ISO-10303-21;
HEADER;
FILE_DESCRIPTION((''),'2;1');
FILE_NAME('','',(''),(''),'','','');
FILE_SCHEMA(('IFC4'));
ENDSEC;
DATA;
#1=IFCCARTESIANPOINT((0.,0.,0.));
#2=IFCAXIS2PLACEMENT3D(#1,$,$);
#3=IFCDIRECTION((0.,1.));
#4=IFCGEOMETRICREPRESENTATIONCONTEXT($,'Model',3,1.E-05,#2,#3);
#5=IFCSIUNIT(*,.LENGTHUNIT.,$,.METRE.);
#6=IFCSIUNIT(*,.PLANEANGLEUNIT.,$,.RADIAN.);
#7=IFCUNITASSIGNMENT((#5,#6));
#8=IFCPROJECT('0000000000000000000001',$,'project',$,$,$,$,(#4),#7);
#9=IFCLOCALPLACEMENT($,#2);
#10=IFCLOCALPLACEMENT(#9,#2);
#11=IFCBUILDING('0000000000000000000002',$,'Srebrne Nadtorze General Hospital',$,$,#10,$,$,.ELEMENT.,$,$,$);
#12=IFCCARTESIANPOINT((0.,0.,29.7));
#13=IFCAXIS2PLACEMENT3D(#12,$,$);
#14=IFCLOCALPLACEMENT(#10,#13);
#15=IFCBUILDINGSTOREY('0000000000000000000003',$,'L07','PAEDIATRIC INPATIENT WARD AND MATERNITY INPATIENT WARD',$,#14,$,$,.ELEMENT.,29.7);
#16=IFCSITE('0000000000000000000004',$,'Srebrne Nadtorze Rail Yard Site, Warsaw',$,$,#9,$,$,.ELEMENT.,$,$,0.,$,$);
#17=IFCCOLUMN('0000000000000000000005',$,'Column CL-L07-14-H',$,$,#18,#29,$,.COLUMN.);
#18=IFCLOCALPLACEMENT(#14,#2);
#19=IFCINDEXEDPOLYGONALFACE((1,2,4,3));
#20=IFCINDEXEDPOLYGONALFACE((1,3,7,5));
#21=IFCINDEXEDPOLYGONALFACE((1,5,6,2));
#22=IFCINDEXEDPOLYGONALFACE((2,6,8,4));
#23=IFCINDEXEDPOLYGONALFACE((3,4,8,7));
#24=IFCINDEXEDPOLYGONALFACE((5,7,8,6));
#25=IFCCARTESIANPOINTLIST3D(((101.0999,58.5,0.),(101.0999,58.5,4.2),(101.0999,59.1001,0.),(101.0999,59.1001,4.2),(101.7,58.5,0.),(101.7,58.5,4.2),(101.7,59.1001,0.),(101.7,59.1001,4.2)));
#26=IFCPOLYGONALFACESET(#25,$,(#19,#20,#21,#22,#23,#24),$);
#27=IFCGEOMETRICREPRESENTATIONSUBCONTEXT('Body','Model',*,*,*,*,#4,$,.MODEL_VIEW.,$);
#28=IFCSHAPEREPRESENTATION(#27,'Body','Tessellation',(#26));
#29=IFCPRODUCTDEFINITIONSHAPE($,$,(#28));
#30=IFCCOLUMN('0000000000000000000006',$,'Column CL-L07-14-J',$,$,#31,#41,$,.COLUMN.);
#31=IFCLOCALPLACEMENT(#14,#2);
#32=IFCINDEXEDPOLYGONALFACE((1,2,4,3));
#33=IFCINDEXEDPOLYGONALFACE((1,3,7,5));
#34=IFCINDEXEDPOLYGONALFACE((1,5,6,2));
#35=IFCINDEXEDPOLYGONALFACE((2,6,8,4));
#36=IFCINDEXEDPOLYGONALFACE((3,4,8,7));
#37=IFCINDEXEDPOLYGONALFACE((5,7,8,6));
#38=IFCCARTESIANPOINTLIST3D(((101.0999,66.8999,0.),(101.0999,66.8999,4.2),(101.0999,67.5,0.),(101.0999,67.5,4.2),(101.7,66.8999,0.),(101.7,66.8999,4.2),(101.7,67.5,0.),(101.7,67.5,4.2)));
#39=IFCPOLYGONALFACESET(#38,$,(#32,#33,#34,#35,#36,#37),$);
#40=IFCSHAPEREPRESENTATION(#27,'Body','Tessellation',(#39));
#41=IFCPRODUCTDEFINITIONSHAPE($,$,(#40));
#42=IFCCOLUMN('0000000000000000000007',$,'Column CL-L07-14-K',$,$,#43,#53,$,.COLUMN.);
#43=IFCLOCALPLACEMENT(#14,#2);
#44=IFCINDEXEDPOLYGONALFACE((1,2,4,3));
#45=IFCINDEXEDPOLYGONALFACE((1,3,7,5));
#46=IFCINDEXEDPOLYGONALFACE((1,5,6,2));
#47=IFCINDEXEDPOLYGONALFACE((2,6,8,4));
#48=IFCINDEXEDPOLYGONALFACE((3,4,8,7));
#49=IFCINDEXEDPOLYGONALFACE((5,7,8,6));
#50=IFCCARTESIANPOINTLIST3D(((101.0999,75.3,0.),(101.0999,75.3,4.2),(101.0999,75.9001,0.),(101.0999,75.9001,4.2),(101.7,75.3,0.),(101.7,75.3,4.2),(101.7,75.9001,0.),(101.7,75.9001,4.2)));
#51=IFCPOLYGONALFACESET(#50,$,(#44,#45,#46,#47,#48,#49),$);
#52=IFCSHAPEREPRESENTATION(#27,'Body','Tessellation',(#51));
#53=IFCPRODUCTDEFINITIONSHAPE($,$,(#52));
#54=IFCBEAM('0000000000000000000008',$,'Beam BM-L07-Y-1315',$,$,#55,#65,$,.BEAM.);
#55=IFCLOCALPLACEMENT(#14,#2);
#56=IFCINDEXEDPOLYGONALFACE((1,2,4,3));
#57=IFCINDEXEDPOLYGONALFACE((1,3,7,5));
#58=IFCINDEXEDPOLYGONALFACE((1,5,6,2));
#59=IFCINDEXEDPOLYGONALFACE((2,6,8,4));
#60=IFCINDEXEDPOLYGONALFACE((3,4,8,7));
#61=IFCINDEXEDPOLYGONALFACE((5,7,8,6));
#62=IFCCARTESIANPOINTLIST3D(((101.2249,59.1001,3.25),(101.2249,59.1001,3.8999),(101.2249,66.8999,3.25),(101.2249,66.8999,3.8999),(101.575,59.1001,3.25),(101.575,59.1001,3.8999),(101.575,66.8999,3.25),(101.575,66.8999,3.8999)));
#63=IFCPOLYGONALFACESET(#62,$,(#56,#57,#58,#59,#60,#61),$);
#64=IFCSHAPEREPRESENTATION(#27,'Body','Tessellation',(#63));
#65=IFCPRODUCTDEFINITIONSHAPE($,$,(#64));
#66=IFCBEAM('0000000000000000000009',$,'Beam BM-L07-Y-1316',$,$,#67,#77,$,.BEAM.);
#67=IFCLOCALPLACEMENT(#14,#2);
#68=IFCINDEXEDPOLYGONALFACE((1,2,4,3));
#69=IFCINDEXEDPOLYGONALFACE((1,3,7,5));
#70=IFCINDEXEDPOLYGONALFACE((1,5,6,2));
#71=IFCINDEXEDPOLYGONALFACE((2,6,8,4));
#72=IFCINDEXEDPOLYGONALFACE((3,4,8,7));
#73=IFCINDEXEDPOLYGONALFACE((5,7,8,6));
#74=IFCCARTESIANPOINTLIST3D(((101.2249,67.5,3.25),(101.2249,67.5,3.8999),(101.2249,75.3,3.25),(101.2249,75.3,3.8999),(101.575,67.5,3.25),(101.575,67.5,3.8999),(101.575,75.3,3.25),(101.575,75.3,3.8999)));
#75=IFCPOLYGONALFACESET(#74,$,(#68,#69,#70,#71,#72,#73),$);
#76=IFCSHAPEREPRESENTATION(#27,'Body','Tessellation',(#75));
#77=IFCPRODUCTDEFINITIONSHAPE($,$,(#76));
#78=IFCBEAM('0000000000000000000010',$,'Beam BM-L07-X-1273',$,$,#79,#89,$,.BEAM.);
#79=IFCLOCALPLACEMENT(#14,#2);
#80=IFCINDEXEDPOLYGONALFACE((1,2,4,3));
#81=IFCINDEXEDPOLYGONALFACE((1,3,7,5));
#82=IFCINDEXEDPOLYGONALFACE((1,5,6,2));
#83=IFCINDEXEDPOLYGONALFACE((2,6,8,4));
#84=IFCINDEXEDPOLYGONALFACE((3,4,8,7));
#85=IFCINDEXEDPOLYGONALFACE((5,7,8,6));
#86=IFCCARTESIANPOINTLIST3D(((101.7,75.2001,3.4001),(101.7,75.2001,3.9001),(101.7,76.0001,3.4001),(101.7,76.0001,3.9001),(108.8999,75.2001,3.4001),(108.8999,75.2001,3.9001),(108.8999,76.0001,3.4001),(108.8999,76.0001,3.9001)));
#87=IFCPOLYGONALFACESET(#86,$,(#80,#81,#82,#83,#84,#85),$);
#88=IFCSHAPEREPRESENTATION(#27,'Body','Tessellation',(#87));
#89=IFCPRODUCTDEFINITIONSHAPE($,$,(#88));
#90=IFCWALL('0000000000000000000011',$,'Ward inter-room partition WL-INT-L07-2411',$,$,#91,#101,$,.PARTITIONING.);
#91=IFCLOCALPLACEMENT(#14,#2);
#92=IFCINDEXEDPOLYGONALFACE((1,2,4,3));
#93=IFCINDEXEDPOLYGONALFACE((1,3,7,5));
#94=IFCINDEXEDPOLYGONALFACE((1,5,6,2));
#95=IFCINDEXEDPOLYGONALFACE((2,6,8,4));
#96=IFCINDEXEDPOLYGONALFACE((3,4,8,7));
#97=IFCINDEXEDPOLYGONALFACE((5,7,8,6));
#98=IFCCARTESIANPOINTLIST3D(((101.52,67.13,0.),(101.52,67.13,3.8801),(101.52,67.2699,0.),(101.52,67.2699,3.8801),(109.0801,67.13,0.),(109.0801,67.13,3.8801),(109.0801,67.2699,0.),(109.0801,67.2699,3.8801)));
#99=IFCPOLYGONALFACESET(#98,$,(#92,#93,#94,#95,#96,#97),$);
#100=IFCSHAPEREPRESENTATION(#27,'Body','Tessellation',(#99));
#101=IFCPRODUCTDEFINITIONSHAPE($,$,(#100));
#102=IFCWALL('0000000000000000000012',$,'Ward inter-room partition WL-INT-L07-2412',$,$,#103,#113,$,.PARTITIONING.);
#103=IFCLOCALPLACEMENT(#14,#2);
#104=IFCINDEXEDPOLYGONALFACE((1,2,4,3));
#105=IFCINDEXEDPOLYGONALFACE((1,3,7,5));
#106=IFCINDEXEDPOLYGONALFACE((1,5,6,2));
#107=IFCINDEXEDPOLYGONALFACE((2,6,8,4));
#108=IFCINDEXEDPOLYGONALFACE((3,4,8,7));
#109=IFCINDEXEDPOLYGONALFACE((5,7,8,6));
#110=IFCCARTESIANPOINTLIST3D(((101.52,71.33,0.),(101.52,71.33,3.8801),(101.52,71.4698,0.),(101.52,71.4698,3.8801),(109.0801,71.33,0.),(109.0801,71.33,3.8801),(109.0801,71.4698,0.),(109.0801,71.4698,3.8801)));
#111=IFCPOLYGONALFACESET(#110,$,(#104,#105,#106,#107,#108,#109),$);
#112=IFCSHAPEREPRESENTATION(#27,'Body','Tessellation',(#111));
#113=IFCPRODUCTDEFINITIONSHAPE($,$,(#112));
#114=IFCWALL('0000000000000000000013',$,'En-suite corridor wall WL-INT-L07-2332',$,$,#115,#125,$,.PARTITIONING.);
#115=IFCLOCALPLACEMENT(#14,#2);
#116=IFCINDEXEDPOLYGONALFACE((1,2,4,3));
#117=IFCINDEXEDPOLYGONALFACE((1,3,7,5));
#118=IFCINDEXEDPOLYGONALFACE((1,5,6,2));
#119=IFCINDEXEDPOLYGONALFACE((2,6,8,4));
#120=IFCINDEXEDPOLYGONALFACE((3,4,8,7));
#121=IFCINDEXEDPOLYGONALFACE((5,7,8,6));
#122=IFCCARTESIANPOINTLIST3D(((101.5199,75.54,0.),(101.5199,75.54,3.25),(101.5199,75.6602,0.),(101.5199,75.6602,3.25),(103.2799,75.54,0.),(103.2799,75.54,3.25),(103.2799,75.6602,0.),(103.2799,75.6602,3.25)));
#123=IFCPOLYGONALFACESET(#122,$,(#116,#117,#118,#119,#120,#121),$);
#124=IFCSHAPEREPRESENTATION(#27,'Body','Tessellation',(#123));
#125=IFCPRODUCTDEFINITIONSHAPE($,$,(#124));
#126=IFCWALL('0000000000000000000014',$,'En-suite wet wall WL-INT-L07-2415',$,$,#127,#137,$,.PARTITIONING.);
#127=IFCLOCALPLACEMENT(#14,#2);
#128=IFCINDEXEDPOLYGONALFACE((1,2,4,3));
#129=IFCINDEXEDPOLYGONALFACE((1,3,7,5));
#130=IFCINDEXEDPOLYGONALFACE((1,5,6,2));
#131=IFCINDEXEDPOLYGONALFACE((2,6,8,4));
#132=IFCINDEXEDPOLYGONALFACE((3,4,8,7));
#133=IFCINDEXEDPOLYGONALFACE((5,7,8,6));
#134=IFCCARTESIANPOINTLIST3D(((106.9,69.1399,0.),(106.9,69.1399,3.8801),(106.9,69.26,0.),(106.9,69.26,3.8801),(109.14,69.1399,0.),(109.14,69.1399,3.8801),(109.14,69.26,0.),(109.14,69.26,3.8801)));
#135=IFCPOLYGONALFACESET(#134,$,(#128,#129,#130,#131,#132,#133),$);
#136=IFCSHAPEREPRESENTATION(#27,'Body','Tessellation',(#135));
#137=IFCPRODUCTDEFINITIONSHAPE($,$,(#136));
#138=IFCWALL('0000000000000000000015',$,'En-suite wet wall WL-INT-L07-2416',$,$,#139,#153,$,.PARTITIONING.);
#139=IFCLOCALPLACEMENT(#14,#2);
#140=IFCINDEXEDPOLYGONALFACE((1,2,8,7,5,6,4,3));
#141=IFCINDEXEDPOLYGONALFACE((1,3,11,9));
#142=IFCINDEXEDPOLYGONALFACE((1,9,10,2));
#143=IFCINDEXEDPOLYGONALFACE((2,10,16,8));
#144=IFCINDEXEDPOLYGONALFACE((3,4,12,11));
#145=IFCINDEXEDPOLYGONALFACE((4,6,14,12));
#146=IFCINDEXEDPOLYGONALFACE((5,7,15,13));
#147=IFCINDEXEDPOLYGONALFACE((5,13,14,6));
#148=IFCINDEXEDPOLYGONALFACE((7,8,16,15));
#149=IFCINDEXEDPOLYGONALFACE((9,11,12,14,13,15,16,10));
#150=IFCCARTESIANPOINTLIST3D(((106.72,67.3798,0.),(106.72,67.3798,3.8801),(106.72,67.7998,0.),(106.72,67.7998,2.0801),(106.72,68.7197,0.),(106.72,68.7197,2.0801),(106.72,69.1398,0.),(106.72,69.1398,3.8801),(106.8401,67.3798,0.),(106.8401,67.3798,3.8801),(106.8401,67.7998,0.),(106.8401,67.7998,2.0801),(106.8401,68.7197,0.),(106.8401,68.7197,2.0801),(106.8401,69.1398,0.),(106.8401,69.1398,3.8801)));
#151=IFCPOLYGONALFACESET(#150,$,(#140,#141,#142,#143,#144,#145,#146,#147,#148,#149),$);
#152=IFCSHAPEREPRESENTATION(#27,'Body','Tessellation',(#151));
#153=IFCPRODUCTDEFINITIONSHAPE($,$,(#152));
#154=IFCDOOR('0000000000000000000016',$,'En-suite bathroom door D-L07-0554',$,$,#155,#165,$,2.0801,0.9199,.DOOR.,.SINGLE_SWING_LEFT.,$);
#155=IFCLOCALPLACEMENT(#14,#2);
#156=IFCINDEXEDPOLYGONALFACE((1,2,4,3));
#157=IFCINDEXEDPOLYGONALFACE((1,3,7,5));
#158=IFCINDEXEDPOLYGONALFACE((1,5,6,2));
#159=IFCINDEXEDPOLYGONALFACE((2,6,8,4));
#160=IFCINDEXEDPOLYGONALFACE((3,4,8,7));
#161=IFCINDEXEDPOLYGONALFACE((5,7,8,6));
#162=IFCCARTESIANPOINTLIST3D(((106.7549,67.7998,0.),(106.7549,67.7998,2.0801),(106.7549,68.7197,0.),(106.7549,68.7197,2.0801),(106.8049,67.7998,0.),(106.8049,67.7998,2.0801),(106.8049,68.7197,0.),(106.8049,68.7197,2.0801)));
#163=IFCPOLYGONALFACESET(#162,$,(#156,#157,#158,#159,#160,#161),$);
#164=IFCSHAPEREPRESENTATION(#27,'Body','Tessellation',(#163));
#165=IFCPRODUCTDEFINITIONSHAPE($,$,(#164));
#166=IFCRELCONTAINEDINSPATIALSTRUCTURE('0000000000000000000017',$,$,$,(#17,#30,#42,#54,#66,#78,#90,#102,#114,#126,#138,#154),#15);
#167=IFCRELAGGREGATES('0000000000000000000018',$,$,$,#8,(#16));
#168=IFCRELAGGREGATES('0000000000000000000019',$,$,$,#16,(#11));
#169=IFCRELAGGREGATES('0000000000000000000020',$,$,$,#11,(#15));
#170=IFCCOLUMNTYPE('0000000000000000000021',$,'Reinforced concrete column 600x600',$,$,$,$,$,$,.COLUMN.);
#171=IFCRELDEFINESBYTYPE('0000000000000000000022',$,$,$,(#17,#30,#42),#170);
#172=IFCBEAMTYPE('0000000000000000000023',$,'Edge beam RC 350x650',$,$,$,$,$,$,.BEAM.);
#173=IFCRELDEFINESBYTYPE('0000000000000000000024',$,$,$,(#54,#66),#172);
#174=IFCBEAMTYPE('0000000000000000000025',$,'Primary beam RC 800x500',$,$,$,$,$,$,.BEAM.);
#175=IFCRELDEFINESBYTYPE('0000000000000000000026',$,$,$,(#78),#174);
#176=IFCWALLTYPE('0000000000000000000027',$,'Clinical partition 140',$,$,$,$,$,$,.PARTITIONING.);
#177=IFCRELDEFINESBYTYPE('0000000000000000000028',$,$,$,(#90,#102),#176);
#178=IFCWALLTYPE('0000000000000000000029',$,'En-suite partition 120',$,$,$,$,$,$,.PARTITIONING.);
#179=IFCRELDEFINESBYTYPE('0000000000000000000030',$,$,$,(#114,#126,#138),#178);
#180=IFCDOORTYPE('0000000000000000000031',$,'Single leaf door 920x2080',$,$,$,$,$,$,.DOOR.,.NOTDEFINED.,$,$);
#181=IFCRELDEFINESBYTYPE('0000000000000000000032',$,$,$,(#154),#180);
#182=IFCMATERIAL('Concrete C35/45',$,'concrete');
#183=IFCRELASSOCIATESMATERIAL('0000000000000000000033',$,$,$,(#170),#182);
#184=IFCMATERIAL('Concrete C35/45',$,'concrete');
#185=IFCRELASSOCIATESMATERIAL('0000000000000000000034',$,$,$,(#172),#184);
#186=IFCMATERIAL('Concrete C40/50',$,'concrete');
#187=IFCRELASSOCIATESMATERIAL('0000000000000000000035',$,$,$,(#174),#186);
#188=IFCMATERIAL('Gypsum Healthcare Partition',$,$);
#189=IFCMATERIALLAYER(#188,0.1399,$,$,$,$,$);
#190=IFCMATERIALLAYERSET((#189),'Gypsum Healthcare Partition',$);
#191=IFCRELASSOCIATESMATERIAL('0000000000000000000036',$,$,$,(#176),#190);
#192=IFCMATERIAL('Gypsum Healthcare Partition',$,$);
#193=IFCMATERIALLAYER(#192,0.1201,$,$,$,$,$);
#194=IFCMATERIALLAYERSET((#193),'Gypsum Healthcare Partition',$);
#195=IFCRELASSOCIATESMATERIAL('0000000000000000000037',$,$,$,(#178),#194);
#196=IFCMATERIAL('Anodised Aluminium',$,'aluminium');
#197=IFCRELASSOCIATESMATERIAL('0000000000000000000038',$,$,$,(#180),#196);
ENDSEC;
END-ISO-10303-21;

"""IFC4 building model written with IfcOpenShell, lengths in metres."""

from ifc_helpers import new_model, si_unit, direction, frame, frame_2d, origin, origin_2d, place, context, subcontext, project, spatial, rectangle, extrude, material, layer, layer_set, material_profile, profile_set, type_object, element, fill, save


model = new_model("IFC4")

# Units and contexts
model_context = context("Model", 3, precision=1e-05, world=origin(), true_north=direction((0.0, 1.0)))
body_context = subcontext(model_context, "Body", "Model", "MODEL_VIEW")
ifc_project = project(units=[si_unit("LENGTHUNIT", "METRE"), si_unit("PLANEANGLEUNIT", "RADIAN")], contexts=[model_context])

# Site, building, storey
site_placement = place(None, origin())
site = spatial("IfcSite", under=ifc_project, at=site_placement, Name="Srebrne Nadtorze Rail Yard Site, Warsaw", CompositionType="ELEMENT", RefElevation=0.0)
building_placement = place(site_placement, origin())
building = spatial("IfcBuilding", under=site, at=building_placement, Name="Srebrne Nadtorze General Hospital", CompositionType="ELEMENT")
storey_placement = place(building_placement, frame((0.0, 0.0, 29.7)))
storey = spatial("IfcBuildingStorey", under=building, at=storey_placement, Name="L07", Description="PAEDIATRIC INPATIENT WARD AND MATERNITY INPATIENT WARD", CompositionType="ELEMENT", Elevation=29.7)

# Columns
ifc_material_1 = material(Name="Concrete C35/45", Category="concrete")
ifc_material_profile_1 = material_profile(ifc_material_1, rectangle(XDim=0.6001, YDim=0.6001, at=origin_2d()), Name="RC-COL-600x600")
ifc_profile_set_1 = profile_set([ifc_material_profile_1], Name="Concrete C35/45")
column_type = type_object("IfcColumnType", Name="Reinforced concrete column 600x600", PredefinedType="COLUMN", material=ifc_profile_set_1)
for number, where, z_axis, x_axis, name in (
    (1, (101.3999, 58.8, 0.0), (0.0, 0.0, 1.0), (1.0, 0.0, 0.0), "Column CL-L07-14-H"),
    (2, (101.3999, 67.2, 0.0), (0.0, 0.0, 1.0), (1.0, 0.0, 0.0), "Column CL-L07-14-J"),
    (3, (101.3999, 75.6001, 0.0), (0.0, 0.0, 1.0), (1.0, 0.0, 0.0), "Column CL-L07-14-K"),
):
    element("IfcColumn", number, at=place(storey_placement, frame(where, z_axis=z_axis, x_axis=x_axis)), inside=storey, type_object=column_type, Name=name, PredefinedType="COLUMN", context=body_context, shape_type="SweptSolid", body=[
        extrude(rectangle(XDim=0.6001, YDim=0.6001, at=origin_2d()), origin(), (0.0, 0.0, 1.0), 4.2),
    ])

# Beams
ifc_material_2 = material(Name="Concrete C35/45", Category="concrete")
ifc_material_profile_2 = material_profile(ifc_material_2, rectangle(XDim=0.3501, YDim=0.6499, at=origin_2d()), Name="RC-BM-350x650")
ifc_profile_set_2 = profile_set([ifc_material_profile_2], Name="Concrete C35/45")
beam_type_1 = type_object("IfcBeamType", Name="Edge beam RC 350x650", PredefinedType="BEAM", material=ifc_profile_set_2)
beam_1_placement = place(storey_placement, frame((101.3999, 59.1001, 3.575), z_axis=(0.0, 1.0, 0.0), x_axis=(-1.0, 0.0, 0.0)))
element("IfcBeam", 4, at=beam_1_placement, inside=storey, type_object=beam_type_1, Name="Beam BM-L07-Y-1315", PredefinedType="BEAM", context=body_context, shape_type="SweptSolid", body=[
    extrude(rectangle(XDim=0.3501, YDim=0.6499, at=origin_2d()), origin(), (0.0, 0.0, 1.0), 7.7998),
])
beam_2_placement = place(storey_placement, frame((101.3999, 67.5, 3.575), z_axis=(0.0, 1.0, 0.0), x_axis=(-1.0, 0.0, 0.0)))
element("IfcBeam", 5, at=beam_2_placement, inside=storey, type_object=beam_type_1, Name="Beam BM-L07-Y-1316", PredefinedType="BEAM", context=body_context, shape_type="SweptSolid", body=[
    extrude(rectangle(XDim=0.3501, YDim=0.6499, at=origin_2d()), origin(), (0.0, 0.0, 1.0), 7.8),
])
ifc_material_3 = material(Name="Concrete C40/50", Category="concrete")
ifc_material_profile_3 = material_profile(ifc_material_3, rectangle(XDim=0.8, YDim=0.5, at=origin_2d()), Name="RC-BM-800x500")
ifc_profile_set_3 = profile_set([ifc_material_profile_3], Name="Concrete C40/50")
beam_type_2 = type_object("IfcBeamType", Name="Primary beam RC 800x500", PredefinedType="BEAM", material=ifc_profile_set_3)
beam_3_placement = place(storey_placement, frame((101.7, 75.6001, 3.6501), z_axis=(1.0, 0.0, 0.0), x_axis=(0.0, 1.0, 0.0)))
element("IfcBeam", 6, at=beam_3_placement, inside=storey, type_object=beam_type_2, Name="Beam BM-L07-X-1273", PredefinedType="BEAM", context=body_context, shape_type="SweptSolid", body=[
    extrude(rectangle(XDim=0.8, YDim=0.5, at=origin_2d()), origin(), (0.0, 0.0, 1.0), 7.2),
])

# Walls
ifc_material_4 = material(Name="Gypsum Healthcare Partition")
ifc_layer_1 = layer(ifc_material_4, 0.1399)
ifc_layer_set_1 = layer_set([ifc_layer_1], Name="Gypsum Healthcare Partition")
wall_type_1 = type_object("IfcWallType", Name="Clinical partition 140", PredefinedType="PARTITIONING", material=ifc_layer_set_1)
for number, where, z_axis, x_axis, name in (
    (7, (101.52, 67.2, 0.0), (0.0, 0.0, 1.0), (1.0, 0.0, 0.0), "Ward inter-room partition WL-INT-L07-2411"),
    (8, (101.52, 71.3999, 0.0), (0.0, 0.0, 1.0), (1.0, 0.0, 0.0), "Ward inter-room partition WL-INT-L07-2412"),
):
    element("IfcWall", number, at=place(storey_placement, frame(where, z_axis=z_axis, x_axis=x_axis)), inside=storey, type_object=wall_type_1, Name=name, PredefinedType="PARTITIONING", context=body_context, shape_type="SweptSolid", body=[
        extrude(rectangle(XDim=7.5601, YDim=0.1399, at=frame_2d((3.78, 0.0))), origin(), (0.0, 0.0, 1.0), 3.8801),
    ])
ifc_material_5 = material(Name="Gypsum Healthcare Partition")
ifc_layer_2 = layer(ifc_material_5, 0.1201)
ifc_layer_set_2 = layer_set([ifc_layer_2], Name="Gypsum Healthcare Partition")
wall_type_2 = type_object("IfcWallType", Name="En-suite partition 120", PredefinedType="PARTITIONING", material=ifc_layer_set_2)
wall_1_placement = place(storey_placement, frame((101.52, 75.6001, 0.0), z_axis=(0.0, 0.0, 1.0), x_axis=(1.0, 0.0, 0.0)))
element("IfcWall", 9, at=wall_1_placement, inside=storey, type_object=wall_type_2, Name="En-suite corridor wall WL-INT-L07-2332", PredefinedType="PARTITIONING", context=body_context, shape_type="SweptSolid", body=[
    extrude(rectangle(XDim=1.76, YDim=0.1201, at=frame_2d((0.8799, 0.0))), origin(), (0.0, 0.0, 1.0), 3.25),
])
wall_2_placement = place(storey_placement, frame((106.8999, 69.2, 0.0), z_axis=(0.0, 0.0, 1.0), x_axis=(1.0, 0.0, 0.0)))
element("IfcWall", 10, at=wall_2_placement, inside=storey, type_object=wall_type_2, Name="En-suite wet wall WL-INT-L07-2415", PredefinedType="PARTITIONING", context=body_context, shape_type="SweptSolid", body=[
    extrude(rectangle(XDim=2.24, YDim=0.1201, at=frame_2d((1.1201, 0.0))), origin(), (0.0, 0.0, 1.0), 3.8801),
])

# Wall, opening, door
wall_3_placement = place(storey_placement, frame((106.78, 67.3799, 0.0), z_axis=(0.0, 0.0, 1.0), x_axis=(0.0, 1.0, 0.0)))
wall_3 = element("IfcWall", 11, at=wall_3_placement, inside=storey, type_object=wall_type_2, Name="En-suite wet wall WL-INT-L07-2416", PredefinedType="PARTITIONING", context=body_context, shape_type="SweptSolid", body=[
    extrude(rectangle(XDim=1.76, YDim=0.1201, at=frame_2d((0.8799, 0.0))), origin(), (0.0, 0.0, 1.0), 3.8801),
])
opening_1_placement = place(wall_3_placement, frame((0.4199, 0.0, 0.0)))
opening_1 = element("IfcOpeningElement", 12, at=opening_1_placement, cuts=wall_3, PredefinedType="OPENING", context=body_context, shape_type="SweptSolid", body=[
    extrude(rectangle(XDim=0.9199, YDim=2.0801, at=frame_2d((0.46, 1.04))), frame((0.0, 0.072, 0.0), z_axis=(0.0, -1.0, 0.0), x_axis=(1.0, 0.0, 0.0)), (0.0, 0.0, 1.0), 0.144),
])
ifc_material_6 = material(Name="Anodised Aluminium", Category="aluminium")
door_type_1 = type_object("IfcDoorType", Name="Single leaf door 920x2080", OperationType="NOTDEFINED", PredefinedType="DOOR", material=ifc_material_6)
door_1_placement = place(opening_1_placement, frame((0.9199, 0.0, 0.0), z_axis=(0.0, 0.0, 1.0), x_axis=(-1.0, 0.0, 0.0)))
door_1 = element("IfcDoor", 13, at=door_1_placement, inside=storey, type_object=door_type_1, Name="En-suite bathroom door D-L07-0554", OperationType="SINGLE_SWING_LEFT", OverallHeight=2.0801, OverallWidth=0.9199, PredefinedType="DOOR", context=body_context, shape_type="SweptSolid", body=[
    extrude(rectangle(XDim=0.9199, YDim=2.0801, at=frame_2d((0.46, 1.04))), frame((0.0, 0.0249, 0.0), z_axis=(0.0, -1.0, 0.0), x_axis=(1.0, 0.0, 0.0)), (0.0, 0.0, 1.0), 0.05),
])
fill(opening_1, door_1)

save(model, "model.ifc")
